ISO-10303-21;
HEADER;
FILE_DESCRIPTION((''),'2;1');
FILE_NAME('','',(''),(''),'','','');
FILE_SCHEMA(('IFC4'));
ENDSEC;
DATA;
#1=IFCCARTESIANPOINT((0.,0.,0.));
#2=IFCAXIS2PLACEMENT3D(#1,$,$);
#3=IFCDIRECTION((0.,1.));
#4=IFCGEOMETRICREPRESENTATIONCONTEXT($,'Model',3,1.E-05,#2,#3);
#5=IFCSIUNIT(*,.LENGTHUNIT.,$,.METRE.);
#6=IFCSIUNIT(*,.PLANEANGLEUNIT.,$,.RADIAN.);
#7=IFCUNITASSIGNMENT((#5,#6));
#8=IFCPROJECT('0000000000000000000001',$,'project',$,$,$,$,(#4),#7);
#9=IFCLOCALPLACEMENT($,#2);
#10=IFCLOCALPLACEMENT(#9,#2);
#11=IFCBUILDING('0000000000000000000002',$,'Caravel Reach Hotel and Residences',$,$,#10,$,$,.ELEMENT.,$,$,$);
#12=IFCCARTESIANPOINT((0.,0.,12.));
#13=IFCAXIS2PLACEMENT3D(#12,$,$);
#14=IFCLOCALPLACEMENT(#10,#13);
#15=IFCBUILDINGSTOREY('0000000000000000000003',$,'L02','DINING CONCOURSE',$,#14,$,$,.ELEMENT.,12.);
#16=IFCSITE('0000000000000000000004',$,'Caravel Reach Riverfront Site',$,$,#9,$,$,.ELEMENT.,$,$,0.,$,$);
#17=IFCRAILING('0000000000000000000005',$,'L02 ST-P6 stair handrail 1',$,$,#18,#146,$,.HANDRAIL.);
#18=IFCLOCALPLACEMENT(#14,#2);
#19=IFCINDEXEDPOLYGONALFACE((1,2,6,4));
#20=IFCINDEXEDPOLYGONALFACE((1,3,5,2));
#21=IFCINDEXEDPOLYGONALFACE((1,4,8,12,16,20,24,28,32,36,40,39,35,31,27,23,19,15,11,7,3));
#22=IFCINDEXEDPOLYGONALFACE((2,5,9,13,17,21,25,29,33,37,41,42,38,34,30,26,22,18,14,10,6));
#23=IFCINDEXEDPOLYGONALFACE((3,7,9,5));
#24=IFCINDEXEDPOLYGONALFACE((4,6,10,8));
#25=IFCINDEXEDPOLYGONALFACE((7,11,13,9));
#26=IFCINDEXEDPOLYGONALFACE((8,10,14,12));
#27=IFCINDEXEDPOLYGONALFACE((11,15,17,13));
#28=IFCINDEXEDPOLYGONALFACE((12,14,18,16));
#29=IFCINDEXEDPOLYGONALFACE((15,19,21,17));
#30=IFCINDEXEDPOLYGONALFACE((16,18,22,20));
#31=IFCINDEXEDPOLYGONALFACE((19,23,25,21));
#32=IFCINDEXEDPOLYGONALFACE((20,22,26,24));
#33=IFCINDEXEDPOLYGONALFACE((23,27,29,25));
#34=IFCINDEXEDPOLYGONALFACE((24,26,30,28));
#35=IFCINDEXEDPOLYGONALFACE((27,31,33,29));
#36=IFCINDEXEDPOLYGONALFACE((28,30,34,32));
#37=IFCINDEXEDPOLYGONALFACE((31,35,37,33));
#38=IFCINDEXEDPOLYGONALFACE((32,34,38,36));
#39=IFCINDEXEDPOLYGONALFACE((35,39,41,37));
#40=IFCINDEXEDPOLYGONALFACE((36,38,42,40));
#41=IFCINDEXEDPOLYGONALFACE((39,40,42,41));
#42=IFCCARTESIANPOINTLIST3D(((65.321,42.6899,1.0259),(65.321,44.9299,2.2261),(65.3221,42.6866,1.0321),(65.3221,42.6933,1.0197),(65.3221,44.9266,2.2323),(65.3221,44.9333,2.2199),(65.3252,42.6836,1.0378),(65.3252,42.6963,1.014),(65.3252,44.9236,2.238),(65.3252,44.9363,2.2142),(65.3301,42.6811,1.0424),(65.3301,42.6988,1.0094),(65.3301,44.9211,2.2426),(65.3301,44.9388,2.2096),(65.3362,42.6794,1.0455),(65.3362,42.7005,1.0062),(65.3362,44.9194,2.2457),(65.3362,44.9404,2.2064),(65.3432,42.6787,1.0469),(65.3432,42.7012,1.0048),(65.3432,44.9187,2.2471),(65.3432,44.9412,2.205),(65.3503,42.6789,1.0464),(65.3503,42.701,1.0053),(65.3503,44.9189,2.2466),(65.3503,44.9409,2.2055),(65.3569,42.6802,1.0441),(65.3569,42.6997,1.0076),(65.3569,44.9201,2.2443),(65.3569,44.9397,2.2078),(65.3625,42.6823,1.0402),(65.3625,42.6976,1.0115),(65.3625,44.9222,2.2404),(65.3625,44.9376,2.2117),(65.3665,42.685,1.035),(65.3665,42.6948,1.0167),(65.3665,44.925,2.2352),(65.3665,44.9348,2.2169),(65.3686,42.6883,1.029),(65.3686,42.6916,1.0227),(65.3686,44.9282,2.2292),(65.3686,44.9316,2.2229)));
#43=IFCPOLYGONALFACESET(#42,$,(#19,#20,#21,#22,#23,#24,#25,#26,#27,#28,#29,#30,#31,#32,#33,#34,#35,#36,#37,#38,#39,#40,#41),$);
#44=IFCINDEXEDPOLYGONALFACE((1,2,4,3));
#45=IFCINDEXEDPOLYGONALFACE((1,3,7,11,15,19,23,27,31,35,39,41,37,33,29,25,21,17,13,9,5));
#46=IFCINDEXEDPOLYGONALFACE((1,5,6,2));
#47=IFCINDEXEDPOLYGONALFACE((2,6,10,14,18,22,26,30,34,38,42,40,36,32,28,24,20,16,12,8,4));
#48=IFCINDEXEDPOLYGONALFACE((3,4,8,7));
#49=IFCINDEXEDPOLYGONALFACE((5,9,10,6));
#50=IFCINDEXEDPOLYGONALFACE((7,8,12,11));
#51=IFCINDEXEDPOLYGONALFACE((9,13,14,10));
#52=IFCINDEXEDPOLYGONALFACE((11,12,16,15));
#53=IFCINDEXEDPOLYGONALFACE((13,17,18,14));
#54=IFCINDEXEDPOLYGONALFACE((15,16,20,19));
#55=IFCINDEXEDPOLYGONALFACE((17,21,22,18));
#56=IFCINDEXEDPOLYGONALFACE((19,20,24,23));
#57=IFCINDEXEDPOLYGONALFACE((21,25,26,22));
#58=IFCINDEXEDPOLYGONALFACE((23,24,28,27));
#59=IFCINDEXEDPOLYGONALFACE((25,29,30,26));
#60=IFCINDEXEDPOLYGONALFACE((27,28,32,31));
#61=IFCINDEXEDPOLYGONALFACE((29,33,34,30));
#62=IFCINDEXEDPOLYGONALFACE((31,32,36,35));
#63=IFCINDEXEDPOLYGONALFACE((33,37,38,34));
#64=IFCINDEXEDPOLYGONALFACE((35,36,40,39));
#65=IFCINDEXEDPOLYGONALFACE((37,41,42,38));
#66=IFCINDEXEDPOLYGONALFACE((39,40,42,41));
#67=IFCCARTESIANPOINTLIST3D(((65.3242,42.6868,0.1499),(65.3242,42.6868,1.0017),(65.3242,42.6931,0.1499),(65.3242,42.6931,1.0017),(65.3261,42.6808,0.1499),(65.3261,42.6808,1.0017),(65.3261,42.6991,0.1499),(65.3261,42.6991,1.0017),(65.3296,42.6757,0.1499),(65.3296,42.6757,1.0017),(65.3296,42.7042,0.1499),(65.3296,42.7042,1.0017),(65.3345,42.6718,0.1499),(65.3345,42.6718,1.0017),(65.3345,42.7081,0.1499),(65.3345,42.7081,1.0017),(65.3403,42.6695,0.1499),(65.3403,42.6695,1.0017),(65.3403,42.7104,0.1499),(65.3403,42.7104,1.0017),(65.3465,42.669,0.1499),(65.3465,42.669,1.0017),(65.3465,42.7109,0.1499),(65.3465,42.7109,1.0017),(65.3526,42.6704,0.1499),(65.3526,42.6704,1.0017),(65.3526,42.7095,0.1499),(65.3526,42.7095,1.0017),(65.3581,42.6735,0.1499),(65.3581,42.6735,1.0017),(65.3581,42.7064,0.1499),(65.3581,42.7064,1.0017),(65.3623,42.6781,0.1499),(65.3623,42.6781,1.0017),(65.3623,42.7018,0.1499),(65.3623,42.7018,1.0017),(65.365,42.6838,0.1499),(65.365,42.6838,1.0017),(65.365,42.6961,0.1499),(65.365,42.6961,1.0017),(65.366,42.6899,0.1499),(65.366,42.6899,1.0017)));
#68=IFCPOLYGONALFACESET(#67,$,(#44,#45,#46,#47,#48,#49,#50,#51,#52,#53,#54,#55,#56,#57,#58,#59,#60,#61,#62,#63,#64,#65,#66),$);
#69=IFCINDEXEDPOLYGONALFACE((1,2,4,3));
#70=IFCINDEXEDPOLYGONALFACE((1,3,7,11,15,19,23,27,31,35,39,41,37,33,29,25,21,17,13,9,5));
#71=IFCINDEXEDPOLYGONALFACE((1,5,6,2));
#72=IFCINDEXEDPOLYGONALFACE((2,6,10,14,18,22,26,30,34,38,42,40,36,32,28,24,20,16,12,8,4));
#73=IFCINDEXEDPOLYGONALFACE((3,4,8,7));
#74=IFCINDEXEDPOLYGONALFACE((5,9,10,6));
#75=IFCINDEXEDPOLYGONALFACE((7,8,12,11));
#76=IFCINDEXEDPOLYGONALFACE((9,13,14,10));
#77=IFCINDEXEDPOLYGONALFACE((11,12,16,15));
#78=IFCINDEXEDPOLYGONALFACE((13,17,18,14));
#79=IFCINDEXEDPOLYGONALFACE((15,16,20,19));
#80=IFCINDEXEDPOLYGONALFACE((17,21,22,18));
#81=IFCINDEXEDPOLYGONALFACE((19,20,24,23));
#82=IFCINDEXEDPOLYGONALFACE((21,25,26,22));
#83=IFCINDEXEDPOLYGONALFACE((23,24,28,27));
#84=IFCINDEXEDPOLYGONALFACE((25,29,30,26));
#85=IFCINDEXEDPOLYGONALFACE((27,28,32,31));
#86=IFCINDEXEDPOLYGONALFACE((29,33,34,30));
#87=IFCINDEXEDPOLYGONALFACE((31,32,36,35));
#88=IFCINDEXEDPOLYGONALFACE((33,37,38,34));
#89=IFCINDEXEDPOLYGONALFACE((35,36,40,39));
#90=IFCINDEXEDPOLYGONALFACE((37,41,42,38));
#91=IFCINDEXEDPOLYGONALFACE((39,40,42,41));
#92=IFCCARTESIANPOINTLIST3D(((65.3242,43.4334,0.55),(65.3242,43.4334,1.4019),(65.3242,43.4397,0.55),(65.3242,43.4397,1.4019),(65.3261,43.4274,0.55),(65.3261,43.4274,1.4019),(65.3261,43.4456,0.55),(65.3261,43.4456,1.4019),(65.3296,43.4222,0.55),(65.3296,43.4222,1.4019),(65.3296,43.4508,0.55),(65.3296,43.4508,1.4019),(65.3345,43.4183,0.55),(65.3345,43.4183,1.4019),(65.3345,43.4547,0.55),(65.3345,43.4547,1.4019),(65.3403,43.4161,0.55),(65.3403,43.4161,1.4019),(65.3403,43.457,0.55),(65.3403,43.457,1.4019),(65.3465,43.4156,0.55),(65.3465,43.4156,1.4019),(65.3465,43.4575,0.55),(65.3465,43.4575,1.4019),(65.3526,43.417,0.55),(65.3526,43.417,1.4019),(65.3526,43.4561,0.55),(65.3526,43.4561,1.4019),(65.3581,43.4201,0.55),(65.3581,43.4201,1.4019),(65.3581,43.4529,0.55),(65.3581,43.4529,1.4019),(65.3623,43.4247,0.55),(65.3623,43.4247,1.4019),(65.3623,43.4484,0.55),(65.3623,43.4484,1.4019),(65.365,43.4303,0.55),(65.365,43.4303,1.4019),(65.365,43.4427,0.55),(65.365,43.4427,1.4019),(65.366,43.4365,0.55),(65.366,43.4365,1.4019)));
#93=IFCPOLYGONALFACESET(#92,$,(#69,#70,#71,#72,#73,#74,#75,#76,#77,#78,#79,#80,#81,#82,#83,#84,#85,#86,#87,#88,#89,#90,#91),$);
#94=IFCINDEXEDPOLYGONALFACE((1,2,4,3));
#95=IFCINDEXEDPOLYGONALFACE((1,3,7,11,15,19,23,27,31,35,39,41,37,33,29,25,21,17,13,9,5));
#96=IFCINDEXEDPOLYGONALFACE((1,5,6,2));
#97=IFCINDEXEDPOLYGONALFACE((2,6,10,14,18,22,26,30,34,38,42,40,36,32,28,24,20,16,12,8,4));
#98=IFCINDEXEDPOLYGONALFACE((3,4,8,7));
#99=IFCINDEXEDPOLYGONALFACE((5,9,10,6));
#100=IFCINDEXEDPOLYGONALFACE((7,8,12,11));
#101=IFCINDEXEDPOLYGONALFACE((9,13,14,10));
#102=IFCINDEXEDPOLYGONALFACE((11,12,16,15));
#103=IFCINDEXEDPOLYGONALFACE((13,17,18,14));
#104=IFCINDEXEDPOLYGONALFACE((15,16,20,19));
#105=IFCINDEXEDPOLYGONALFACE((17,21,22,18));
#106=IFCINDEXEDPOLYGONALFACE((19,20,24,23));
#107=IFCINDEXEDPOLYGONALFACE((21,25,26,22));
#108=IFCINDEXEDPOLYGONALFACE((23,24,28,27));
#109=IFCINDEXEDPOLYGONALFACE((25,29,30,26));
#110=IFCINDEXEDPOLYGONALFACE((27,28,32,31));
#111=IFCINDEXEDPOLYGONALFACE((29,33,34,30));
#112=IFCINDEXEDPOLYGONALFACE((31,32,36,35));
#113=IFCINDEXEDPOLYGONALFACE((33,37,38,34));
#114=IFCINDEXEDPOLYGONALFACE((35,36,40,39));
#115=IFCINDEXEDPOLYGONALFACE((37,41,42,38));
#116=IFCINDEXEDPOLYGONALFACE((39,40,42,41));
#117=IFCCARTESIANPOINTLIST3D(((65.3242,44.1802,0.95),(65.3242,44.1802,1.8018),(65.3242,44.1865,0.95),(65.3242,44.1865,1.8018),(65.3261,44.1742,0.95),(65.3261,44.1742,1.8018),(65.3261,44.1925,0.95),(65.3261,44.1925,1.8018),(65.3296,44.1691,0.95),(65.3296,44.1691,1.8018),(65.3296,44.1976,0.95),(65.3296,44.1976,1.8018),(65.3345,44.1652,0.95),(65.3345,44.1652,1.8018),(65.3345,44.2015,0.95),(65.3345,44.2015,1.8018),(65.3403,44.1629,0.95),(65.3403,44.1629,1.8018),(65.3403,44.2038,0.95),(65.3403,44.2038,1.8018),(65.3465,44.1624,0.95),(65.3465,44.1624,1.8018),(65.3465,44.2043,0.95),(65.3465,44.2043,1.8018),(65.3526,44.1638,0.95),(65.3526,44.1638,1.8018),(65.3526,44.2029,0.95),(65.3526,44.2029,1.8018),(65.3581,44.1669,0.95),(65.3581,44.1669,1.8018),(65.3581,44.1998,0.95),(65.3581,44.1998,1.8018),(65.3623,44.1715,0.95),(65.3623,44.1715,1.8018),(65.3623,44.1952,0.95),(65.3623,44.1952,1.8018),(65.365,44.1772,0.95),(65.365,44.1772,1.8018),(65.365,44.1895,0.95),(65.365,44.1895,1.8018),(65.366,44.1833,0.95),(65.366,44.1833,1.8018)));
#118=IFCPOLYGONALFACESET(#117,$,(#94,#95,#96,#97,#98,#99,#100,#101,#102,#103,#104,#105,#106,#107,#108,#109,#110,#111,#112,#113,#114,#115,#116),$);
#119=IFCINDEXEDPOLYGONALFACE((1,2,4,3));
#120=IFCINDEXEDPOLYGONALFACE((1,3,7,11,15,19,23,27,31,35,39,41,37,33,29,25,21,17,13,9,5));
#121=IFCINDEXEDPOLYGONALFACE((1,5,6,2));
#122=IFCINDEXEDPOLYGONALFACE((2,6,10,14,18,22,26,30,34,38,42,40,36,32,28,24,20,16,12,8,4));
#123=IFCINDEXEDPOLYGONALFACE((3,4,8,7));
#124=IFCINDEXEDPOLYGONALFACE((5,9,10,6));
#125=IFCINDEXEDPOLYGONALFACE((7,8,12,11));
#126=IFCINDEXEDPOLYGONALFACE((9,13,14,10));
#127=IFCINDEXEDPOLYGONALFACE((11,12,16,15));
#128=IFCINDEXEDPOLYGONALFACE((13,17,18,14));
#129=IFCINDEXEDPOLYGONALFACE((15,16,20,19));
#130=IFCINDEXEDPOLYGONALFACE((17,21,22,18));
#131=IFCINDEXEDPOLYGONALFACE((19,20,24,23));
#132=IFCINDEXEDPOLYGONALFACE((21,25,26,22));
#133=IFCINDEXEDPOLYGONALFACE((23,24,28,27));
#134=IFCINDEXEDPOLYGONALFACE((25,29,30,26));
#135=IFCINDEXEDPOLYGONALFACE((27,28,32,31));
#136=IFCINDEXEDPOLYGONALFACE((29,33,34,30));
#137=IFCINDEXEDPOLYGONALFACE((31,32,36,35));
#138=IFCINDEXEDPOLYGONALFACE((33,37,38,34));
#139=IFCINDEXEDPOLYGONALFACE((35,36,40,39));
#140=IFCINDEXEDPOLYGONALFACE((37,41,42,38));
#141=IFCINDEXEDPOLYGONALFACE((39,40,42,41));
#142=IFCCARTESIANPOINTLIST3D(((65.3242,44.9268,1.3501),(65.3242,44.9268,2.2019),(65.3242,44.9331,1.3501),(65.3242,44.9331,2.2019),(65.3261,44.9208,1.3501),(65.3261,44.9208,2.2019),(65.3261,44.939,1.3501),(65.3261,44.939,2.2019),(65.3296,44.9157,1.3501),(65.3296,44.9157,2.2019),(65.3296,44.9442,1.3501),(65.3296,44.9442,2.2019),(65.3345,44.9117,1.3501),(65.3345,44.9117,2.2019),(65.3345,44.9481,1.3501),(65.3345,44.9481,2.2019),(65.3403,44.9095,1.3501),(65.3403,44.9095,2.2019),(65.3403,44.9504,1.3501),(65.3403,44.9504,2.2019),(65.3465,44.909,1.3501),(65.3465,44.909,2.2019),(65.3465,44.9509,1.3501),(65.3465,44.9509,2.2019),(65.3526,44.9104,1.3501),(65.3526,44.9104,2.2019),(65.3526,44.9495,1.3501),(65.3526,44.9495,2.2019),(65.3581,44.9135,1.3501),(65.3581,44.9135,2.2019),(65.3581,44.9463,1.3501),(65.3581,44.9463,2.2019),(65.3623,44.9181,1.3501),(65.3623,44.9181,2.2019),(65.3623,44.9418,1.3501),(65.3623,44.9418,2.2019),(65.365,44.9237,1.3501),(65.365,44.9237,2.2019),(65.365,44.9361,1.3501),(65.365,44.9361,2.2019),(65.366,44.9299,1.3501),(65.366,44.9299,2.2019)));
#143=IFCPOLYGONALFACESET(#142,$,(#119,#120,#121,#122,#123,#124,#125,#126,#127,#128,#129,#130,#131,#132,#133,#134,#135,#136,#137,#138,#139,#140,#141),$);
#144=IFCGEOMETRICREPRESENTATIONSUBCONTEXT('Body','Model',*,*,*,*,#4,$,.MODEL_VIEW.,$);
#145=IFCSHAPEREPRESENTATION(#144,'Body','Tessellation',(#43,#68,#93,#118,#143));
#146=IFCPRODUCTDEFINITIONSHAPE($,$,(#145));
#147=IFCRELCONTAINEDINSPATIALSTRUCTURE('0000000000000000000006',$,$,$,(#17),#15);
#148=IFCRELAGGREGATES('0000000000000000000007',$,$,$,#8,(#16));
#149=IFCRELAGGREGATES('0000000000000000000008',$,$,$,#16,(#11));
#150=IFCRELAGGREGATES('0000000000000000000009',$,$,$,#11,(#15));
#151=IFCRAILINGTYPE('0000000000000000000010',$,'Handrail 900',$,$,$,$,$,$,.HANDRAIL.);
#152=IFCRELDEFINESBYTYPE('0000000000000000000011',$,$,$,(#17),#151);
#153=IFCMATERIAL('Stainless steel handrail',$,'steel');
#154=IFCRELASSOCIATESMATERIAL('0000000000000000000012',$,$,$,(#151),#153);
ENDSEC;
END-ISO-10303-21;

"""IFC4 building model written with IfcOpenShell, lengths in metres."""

from ifc_helpers import new_model, si_unit, direction, frame, origin, origin_2d, place, context, subcontext, project, spatial, circle, extrude, material, type_object, element, save


model = new_model("IFC4")

# Units and contexts
model_context = context("Model", 3, precision=1e-05, world=origin(), true_north=direction((0.0, 1.0)))
body_context = subcontext(model_context, "Body", "Model", "MODEL_VIEW")
ifc_project = project(units=[si_unit("LENGTHUNIT", "METRE"), si_unit("PLANEANGLEUNIT", "RADIAN")], contexts=[model_context])

# Site, building, storey
site_placement = place(None, origin())
site = spatial("IfcSite", under=ifc_project, at=site_placement, Name="Caravel Reach Riverfront Site", CompositionType="ELEMENT", RefElevation=0.0)
building_placement = place(site_placement, origin())
building = spatial("IfcBuilding", under=site, at=building_placement, Name="Caravel Reach Hotel and Residences", CompositionType="ELEMENT")
storey_placement = place(building_placement, frame((0.0, 0.0, 12.0)))
storey = spatial("IfcBuildingStorey", under=building, at=storey_placement, Name="L02", Description="DINING CONCOURSE", CompositionType="ELEMENT", Elevation=12.0)

# Railing
ifc_material_1 = material(Name="Stainless steel handrail", Category="steel")
railing_type_1 = type_object("IfcRailingType", Name="Handrail 900", PredefinedType="HANDRAIL", material=ifc_material_1)
railing_1_placement = place(storey_placement, frame((65.345, 42.6899, 0.1499)))
element("IfcRailing", 1, at=railing_1_placement, inside=storey, type_object=railing_type_1, Name="L02 ST-P6 stair handrail 1", PredefinedType="HANDRAIL", context=body_context, shape_type="SweptSolid", body=[
    extrude(circle(Radius=0.0239, at=origin_2d()), frame((0.0, 0.0, 0.876), z_axis=(0.0, 0.881447, 0.472283), x_axis=(-1.0, 0.0, 0.0)), (0.0, 0.0, 1.0), 2.5413),
    extrude(circle(Radius=0.021, at=origin_2d()), origin(), (0.0, 0.0, 1.0), 0.8518),
    extrude(circle(Radius=0.021, at=origin_2d()), frame((0.0, 0.7466, 0.4001)), (0.0, 0.0, 1.0), 0.8518),
    extrude(circle(Radius=0.021, at=origin_2d()), frame((0.0, 1.4934, 0.8)), (0.0, 0.0, 1.0), 0.8518),
    extrude(circle(Radius=0.021, at=origin_2d()), frame((0.0, 2.24, 1.2002)), (0.0, 0.0, 1.0), 0.8518),
])

save(model, "model.ifc")
